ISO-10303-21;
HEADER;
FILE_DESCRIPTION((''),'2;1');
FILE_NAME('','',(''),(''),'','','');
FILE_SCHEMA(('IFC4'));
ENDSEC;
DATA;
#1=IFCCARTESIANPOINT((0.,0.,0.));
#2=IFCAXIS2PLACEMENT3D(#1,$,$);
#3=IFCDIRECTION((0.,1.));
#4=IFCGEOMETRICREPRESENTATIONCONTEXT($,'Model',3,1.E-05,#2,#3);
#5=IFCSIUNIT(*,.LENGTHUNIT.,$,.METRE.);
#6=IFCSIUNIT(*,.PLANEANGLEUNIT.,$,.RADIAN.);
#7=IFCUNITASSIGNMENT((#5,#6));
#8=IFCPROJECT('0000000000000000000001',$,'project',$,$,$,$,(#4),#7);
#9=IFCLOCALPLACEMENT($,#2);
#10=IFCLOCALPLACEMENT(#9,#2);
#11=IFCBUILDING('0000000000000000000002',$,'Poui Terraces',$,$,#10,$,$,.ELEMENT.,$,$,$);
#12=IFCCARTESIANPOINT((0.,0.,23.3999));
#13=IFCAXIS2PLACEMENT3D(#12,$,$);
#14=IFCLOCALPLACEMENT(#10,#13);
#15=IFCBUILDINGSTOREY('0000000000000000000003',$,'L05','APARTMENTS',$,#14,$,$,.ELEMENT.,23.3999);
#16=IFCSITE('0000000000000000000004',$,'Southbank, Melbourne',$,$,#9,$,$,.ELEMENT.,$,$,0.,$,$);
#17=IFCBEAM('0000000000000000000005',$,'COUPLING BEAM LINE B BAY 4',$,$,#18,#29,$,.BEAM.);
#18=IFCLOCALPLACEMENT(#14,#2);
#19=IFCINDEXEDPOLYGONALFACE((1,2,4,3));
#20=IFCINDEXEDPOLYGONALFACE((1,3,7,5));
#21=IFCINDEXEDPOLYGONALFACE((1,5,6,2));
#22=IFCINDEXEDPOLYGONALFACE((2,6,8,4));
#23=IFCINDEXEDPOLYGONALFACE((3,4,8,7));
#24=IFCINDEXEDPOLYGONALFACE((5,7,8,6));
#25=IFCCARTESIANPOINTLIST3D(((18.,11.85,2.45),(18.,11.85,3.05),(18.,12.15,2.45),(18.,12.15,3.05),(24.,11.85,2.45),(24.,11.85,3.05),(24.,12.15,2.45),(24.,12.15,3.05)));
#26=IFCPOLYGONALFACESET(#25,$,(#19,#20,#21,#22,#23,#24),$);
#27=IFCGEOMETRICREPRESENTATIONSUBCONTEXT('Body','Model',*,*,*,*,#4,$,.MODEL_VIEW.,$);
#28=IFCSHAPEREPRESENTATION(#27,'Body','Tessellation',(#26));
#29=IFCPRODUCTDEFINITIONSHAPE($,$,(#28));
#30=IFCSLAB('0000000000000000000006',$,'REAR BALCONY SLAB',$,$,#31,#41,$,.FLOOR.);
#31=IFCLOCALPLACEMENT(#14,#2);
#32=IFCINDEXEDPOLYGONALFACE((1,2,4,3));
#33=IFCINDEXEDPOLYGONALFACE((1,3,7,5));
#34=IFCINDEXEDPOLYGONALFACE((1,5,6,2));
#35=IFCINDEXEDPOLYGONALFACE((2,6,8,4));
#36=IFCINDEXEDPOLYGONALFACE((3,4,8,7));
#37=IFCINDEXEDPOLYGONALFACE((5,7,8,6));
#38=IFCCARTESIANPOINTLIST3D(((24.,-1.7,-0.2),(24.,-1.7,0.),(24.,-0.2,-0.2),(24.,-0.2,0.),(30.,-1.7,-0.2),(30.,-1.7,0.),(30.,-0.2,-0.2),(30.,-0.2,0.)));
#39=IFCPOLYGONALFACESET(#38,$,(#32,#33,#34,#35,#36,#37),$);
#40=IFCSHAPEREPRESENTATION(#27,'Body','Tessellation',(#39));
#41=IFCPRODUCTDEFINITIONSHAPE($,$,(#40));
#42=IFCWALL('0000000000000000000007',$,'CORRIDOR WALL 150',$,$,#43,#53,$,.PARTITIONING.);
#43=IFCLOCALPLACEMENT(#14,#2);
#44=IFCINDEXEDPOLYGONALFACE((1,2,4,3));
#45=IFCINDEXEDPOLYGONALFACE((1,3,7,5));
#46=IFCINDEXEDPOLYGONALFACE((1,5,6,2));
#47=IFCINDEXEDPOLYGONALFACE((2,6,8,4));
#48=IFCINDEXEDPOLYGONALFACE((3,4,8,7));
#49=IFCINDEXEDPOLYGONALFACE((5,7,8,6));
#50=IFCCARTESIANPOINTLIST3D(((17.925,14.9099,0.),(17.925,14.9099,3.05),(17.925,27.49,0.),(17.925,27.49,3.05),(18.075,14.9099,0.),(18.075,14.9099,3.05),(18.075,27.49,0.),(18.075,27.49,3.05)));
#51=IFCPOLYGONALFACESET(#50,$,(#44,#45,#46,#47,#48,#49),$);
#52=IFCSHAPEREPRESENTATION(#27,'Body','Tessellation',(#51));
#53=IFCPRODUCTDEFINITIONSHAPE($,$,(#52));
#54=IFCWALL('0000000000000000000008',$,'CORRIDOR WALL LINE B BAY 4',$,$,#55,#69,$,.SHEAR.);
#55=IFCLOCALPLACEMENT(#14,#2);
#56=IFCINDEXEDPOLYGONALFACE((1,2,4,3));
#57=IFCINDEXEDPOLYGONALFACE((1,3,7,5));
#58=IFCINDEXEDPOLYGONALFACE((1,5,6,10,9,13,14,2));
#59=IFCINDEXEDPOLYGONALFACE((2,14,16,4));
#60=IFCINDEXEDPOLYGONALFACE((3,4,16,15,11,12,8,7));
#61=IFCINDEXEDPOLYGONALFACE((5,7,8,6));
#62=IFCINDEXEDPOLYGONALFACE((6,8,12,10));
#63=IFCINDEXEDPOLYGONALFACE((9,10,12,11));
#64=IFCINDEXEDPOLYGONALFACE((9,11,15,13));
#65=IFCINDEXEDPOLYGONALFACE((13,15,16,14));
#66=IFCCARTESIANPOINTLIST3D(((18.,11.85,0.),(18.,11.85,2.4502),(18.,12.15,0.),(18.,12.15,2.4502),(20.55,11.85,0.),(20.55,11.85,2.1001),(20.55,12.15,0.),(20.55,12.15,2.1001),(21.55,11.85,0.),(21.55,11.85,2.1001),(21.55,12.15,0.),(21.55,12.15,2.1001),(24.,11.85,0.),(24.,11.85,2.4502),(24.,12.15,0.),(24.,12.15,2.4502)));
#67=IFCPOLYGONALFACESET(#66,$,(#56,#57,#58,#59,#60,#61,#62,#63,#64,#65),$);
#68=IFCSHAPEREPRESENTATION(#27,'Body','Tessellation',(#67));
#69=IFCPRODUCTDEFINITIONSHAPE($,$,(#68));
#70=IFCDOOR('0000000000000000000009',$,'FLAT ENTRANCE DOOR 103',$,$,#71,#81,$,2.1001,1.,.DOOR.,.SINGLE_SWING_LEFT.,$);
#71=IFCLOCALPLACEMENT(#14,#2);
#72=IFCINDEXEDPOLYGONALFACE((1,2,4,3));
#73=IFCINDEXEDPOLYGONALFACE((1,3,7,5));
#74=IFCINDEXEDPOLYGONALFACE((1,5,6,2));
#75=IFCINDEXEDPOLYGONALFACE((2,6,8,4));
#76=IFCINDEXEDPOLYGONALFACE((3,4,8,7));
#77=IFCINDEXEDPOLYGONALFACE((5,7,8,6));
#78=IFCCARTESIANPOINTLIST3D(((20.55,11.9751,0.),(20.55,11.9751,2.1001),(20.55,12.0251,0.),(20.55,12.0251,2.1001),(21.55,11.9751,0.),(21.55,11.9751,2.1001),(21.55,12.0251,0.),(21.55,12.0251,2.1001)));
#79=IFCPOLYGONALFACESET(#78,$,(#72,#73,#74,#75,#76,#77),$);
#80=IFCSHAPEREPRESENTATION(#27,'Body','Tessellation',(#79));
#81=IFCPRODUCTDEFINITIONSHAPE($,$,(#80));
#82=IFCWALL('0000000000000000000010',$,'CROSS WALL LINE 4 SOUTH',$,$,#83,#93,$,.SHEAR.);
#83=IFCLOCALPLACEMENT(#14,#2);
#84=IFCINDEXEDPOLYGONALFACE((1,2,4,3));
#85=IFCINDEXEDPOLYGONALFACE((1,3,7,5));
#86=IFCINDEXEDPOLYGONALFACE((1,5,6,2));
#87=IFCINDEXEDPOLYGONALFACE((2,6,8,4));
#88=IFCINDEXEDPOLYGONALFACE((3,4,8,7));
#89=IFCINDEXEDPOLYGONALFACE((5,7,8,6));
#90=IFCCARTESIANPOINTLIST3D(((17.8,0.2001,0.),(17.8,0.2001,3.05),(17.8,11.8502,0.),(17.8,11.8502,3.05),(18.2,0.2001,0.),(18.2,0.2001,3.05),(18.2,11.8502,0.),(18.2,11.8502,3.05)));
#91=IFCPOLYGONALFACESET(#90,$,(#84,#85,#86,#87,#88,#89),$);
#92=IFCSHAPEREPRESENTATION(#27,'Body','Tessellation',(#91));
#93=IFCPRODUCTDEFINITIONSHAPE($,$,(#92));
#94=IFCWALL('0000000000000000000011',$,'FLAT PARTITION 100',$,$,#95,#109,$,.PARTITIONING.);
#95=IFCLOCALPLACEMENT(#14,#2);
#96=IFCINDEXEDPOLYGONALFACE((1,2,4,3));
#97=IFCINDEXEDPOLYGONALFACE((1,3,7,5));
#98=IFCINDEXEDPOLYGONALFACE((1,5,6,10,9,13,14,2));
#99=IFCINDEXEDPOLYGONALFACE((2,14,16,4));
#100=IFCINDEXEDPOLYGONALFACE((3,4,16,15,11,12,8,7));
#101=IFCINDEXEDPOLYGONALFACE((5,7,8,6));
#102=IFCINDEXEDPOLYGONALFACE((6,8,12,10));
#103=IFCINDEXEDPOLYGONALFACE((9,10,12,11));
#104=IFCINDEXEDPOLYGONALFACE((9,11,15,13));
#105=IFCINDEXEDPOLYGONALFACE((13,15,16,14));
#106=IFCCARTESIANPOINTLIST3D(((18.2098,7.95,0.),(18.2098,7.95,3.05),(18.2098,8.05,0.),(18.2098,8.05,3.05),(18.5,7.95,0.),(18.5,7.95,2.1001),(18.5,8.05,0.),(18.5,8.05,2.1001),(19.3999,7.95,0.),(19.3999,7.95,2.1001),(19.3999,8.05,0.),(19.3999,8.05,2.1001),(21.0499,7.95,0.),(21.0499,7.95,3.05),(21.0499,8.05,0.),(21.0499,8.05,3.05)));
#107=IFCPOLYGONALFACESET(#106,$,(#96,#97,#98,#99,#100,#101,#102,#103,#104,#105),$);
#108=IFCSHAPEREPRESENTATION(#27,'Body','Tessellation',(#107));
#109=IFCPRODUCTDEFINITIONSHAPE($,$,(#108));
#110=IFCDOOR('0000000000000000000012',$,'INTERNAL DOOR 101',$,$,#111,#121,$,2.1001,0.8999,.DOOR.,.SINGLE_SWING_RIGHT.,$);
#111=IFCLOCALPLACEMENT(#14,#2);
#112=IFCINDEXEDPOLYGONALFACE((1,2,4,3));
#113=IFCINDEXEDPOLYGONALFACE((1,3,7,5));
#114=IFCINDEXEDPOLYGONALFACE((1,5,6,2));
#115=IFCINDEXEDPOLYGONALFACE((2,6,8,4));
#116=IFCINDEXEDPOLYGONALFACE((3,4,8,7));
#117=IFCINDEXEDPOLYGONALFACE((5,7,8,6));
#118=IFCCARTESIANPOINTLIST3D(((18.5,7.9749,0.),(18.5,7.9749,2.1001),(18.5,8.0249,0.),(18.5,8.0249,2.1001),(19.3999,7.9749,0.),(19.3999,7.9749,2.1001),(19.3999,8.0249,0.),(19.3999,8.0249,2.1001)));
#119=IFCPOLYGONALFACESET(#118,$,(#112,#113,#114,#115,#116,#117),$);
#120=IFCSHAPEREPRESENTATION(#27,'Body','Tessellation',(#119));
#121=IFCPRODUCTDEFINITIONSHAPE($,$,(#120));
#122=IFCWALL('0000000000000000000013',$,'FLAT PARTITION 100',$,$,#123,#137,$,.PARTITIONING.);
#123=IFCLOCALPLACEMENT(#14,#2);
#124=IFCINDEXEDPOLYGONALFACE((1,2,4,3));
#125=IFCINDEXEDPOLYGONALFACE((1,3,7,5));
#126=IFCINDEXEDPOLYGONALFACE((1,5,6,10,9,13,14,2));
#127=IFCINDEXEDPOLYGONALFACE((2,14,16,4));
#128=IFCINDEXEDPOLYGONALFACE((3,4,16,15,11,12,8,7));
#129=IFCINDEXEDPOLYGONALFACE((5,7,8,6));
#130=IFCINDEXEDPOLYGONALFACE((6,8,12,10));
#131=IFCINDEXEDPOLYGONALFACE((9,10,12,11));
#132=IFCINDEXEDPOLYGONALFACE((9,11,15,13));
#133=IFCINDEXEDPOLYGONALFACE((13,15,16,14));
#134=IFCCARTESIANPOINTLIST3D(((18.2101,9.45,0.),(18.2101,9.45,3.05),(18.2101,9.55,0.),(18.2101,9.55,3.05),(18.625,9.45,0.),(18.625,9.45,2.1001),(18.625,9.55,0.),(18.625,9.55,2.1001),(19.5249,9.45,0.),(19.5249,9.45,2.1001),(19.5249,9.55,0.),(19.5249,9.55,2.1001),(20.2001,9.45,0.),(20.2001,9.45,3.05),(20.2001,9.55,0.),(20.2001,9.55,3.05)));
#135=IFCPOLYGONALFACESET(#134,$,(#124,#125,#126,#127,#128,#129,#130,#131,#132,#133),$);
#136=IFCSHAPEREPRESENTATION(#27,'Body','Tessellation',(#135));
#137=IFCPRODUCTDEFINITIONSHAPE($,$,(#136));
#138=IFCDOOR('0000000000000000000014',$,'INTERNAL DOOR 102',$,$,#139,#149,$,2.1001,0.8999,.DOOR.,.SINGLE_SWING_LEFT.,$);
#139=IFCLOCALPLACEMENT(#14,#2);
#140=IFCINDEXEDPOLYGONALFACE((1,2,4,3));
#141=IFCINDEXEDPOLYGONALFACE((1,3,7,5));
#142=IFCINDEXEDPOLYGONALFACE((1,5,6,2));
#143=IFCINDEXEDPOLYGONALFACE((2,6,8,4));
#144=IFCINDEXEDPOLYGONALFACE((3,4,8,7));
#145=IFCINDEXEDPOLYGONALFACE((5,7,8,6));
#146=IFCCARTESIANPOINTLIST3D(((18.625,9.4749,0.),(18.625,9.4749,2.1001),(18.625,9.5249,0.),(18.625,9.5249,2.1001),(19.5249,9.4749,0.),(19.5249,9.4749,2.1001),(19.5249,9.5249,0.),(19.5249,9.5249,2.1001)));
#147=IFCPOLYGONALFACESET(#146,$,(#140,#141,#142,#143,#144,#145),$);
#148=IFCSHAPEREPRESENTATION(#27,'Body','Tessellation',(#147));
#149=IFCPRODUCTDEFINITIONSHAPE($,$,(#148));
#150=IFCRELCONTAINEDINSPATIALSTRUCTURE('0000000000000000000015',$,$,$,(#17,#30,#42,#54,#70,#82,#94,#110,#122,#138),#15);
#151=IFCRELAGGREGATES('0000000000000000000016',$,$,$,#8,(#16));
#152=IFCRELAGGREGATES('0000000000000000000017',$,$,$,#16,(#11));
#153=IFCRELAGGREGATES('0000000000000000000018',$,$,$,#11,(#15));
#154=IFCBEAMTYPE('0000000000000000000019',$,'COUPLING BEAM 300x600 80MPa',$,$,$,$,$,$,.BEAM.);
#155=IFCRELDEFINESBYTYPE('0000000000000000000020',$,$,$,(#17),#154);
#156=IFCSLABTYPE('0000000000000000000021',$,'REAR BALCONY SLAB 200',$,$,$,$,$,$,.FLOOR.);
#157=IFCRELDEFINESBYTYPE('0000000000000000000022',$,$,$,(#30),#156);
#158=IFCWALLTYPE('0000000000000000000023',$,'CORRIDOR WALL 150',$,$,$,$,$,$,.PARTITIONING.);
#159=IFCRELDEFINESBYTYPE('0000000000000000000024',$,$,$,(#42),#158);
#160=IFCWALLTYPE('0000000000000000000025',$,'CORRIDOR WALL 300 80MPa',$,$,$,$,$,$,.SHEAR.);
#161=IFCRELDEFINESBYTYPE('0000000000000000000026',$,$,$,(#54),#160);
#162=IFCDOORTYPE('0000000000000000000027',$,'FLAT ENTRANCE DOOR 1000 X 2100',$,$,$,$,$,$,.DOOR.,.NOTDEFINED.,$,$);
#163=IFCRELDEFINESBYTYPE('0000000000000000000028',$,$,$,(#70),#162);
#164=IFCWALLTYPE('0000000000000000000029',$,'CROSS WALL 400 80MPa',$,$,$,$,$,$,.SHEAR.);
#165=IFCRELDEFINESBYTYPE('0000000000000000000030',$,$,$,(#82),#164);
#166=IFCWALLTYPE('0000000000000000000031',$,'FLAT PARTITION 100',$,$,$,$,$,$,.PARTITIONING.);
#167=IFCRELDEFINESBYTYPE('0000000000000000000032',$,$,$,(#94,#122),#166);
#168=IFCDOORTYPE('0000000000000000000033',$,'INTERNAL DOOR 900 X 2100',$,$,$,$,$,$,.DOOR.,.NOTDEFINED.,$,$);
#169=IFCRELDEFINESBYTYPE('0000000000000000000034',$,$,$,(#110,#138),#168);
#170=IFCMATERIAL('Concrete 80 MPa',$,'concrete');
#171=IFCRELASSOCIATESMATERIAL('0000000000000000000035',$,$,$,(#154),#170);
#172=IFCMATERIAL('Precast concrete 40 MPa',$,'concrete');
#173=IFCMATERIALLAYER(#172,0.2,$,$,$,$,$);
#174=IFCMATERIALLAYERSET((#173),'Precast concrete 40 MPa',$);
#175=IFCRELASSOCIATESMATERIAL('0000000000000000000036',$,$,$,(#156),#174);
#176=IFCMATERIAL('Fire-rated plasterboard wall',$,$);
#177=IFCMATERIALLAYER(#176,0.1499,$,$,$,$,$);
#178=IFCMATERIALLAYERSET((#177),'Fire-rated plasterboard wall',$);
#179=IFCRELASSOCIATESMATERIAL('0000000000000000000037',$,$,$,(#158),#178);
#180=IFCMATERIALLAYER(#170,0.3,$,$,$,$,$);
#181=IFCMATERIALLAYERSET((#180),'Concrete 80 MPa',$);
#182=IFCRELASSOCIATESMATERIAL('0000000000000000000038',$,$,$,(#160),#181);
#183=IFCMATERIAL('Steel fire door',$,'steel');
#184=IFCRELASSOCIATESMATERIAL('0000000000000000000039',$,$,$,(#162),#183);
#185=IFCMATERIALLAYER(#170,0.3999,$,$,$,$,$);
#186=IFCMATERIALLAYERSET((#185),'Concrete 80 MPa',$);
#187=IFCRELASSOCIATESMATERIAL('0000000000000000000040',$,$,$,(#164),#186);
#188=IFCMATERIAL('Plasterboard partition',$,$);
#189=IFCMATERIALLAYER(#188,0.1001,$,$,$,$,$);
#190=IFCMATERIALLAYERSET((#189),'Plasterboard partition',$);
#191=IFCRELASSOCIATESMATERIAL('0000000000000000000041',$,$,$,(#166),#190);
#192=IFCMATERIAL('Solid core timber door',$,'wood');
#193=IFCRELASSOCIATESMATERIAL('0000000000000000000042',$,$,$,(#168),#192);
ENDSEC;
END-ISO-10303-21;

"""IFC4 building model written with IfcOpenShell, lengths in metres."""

from ifc_helpers import new_model, si_unit, direction, frame, frame_2d, origin, origin_2d, place, context, subcontext, project, spatial, polyline, rectangle, outline, extrude, source, transform, mapped, material, layer, layer_set, material_profile, profile_set, type_object, element, fill, save


model = new_model("IFC4")

# Units and contexts
model_context = context("Model", 3, precision=1e-05, world=origin(), true_north=direction((0.0, 1.0)))
body_context = subcontext(model_context, "Body", "Model", "MODEL_VIEW")
ifc_project = project(units=[si_unit("LENGTHUNIT", "METRE"), si_unit("PLANEANGLEUNIT", "RADIAN")], contexts=[model_context])

# Site, building, storey
site_placement = place(None, origin())
site = spatial("IfcSite", under=ifc_project, at=site_placement, Name="Southbank, Melbourne", CompositionType="ELEMENT", RefElevation=0.0)
building_placement = place(site_placement, origin())
building = spatial("IfcBuilding", under=site, at=building_placement, Name="Poui Terraces", CompositionType="ELEMENT")
storey_placement = place(building_placement, frame((0.0, 0.0, 23.3999)))
storey = spatial("IfcBuildingStorey", under=building, at=storey_placement, Name="L05", Description="APARTMENTS", CompositionType="ELEMENT", Elevation=23.3999)

# Beam
ifc_material_1 = material(Name="Concrete 80 MPa", Category="concrete")
ifc_material_profile = material_profile(ifc_material_1, rectangle(XDim=0.3, YDim=0.6001, at=origin_2d()), Name="RC 300x600")
ifc_profile_set = profile_set([ifc_material_profile], Name="Concrete 80 MPa")
beam_type = type_object("IfcBeamType", Name="COUPLING BEAM 300x600 80MPa", PredefinedType="BEAM", material=ifc_profile_set)
shared_shape_1 = source(origin(), body_context, "Body", "SweptSolid", [
    extrude(rectangle(XDim=0.3, YDim=0.6001, at=origin_2d()), origin(), (0.0, 0.0, 1.0), 6.0),
])
beam_placement = place(storey_placement, frame((18.0, 12.0, 2.75), z_axis=(1.0, 0.0, 0.0), x_axis=(0.0, 1.0, 0.0)))
element("IfcBeam", 1, at=beam_placement, inside=storey, type_object=beam_type, Name="COUPLING BEAM LINE B BAY 4", PredefinedType="BEAM", context=body_context, shape_type="MappedRepresentation", body=[
    mapped(shared_shape_1, transform((0.0, 0.0, 0.0))),
])

# Slab
ifc_material_2 = material(Name="Precast concrete 40 MPa", Category="concrete")
ifc_layer_1 = layer(ifc_material_2, 0.2)
ifc_layer_set_1 = layer_set([ifc_layer_1], Name="Precast concrete 40 MPa")
slab_type = type_object("IfcSlabType", Name="REAR BALCONY SLAB 200", PredefinedType="FLOOR", material=ifc_layer_set_1)
shared_shape_2 = source(origin(), body_context, "Body", "SweptSolid", [
    extrude(outline(polyline([(0.0, 0.0), (6.0, 0.0), (6.0, 1.5), (0.0, 1.5), (0.0, 0.0)])), origin(), (0.0, 0.0, 1.0), 0.2),
])
slab_placement = place(storey_placement, frame((24.0, -1.7, -0.2)))
element("IfcSlab", 2, at=slab_placement, inside=storey, type_object=slab_type, Name="REAR BALCONY SLAB", PredefinedType="FLOOR", context=body_context, shape_type="MappedRepresentation", body=[
    mapped(shared_shape_2, transform((0.0, 0.0, 0.0))),
])

# Wall
ifc_material_3 = material(Name="Fire-rated plasterboard wall")
ifc_layer_2 = layer(ifc_material_3, 0.1499)
ifc_layer_set_2 = layer_set([ifc_layer_2], Name="Fire-rated plasterboard wall")
wall_type_1 = type_object("IfcWallType", Name="CORRIDOR WALL 150", PredefinedType="PARTITIONING", material=ifc_layer_set_2)
wall_1_placement = place(storey_placement, frame((18.0, 14.9099, 0.0), z_axis=(0.0, 0.0, 1.0), x_axis=(0.0, 1.0, 0.0)))
element("IfcWall", 3, at=wall_1_placement, inside=storey, type_object=wall_type_1, Name="CORRIDOR WALL 150", PredefinedType="PARTITIONING", context=body_context, shape_type="SweptSolid", body=[
    extrude(rectangle(XDim=12.5801, YDim=0.1499, at=frame_2d((6.29, 0.0))), origin(), (0.0, 0.0, 1.0), 3.05),
])

# Wall, opening, door
ifc_layer_3 = layer(ifc_material_1, 0.3)
ifc_layer_set_3 = layer_set([ifc_layer_3], Name="Concrete 80 MPa")
wall_type_2 = type_object("IfcWallType", Name="CORRIDOR WALL 300 80MPa", PredefinedType="SHEAR", material=ifc_layer_set_3)
wall_2_placement = place(storey_placement, frame((18.0, 12.0, 0.0), z_axis=(0.0, 0.0, 1.0), x_axis=(1.0, 0.0, 0.0)))
wall_2 = element("IfcWall", 4, at=wall_2_placement, inside=storey, type_object=wall_type_2, Name="CORRIDOR WALL LINE B BAY 4", PredefinedType="SHEAR", context=body_context, shape_type="SweptSolid", body=[
    extrude(rectangle(XDim=6.0, YDim=0.3, at=frame_2d((3.0, 0.0))), origin(), (0.0, 0.0, 1.0), 2.4502),
])
opening_1_placement = place(wall_2_placement, frame((2.55, 0.0, 0.0)))
opening_1 = element("IfcOpeningElement", 5, at=opening_1_placement, cuts=wall_2, PredefinedType="OPENING", context=body_context, shape_type="SweptSolid", body=[
    extrude(rectangle(XDim=1.0, YDim=2.1001, at=frame_2d((0.5, 1.05))), frame((0.0, 0.1602, 0.0), z_axis=(0.0, -1.0, 0.0), x_axis=(1.0, 0.0, 0.0)), (0.0, 0.0, 1.0), 0.3201),
])
ifc_material_4 = material(Name="Steel fire door", Category="steel")
door_type_1 = type_object("IfcDoorType", Name="FLAT ENTRANCE DOOR 1000 X 2100", OperationType="NOTDEFINED", PredefinedType="DOOR", material=ifc_material_4)
door_1_placement = place(opening_1_placement, frame((1.0, 0.0, 0.0), z_axis=(0.0, 0.0, 1.0), x_axis=(-1.0, 0.0, 0.0)))
door_1 = element("IfcDoor", 6, at=door_1_placement, inside=storey, type_object=door_type_1, Name="FLAT ENTRANCE DOOR 103", OperationType="SINGLE_SWING_LEFT", OverallHeight=2.1001, OverallWidth=1.0, PredefinedType="DOOR", context=body_context, shape_type="SweptSolid", body=[
    extrude(rectangle(XDim=1.0, YDim=2.1001, at=frame_2d((0.5, 1.05))), frame((0.0, 0.0249, 0.0), z_axis=(0.0, -1.0, 0.0), x_axis=(1.0, 0.0, 0.0)), (0.0, 0.0, 1.0), 0.05),
])
fill(opening_1, door_1)

# Wall
ifc_layer_4 = layer(ifc_material_1, 0.3999)
ifc_layer_set_4 = layer_set([ifc_layer_4], Name="Concrete 80 MPa")
wall_type_3 = type_object("IfcWallType", Name="CROSS WALL 400 80MPa", PredefinedType="SHEAR", material=ifc_layer_set_4)
wall_3_placement = place(storey_placement, frame((18.0, 0.2, 0.0), z_axis=(0.0, 0.0, 1.0), x_axis=(0.0, 1.0, 0.0)))
element("IfcWall", 7, at=wall_3_placement, inside=storey, type_object=wall_type_3, Name="CROSS WALL LINE 4 SOUTH", PredefinedType="SHEAR", context=body_context, shape_type="SweptSolid", body=[
    extrude(rectangle(XDim=11.6501, YDim=0.3999, at=frame_2d((5.8252, 0.0))), origin(), (0.0, 0.0, 1.0), 3.05),
])

# Walls, openings, doors
ifc_material_5 = material(Name="Plasterboard partition")
ifc_layer_5 = layer(ifc_material_5, 0.1001)
ifc_layer_set_5 = layer_set([ifc_layer_5], Name="Plasterboard partition")
wall_type_4 = type_object("IfcWallType", Name="FLAT PARTITION 100", PredefinedType="PARTITIONING", material=ifc_layer_set_5)
wall_4_placement = place(storey_placement, frame((18.21, 8.0, 0.0), z_axis=(0.0, 0.0, 1.0), x_axis=(1.0, 0.0, 0.0)))
wall_4 = element("IfcWall", 8, at=wall_4_placement, inside=storey, type_object=wall_type_4, Name="FLAT PARTITION 100", PredefinedType="PARTITIONING", context=body_context, shape_type="SweptSolid", body=[
    extrude(rectangle(XDim=2.8401, YDim=0.1001, at=frame_2d((1.4199, 0.0))), origin(), (0.0, 0.0, 1.0), 3.05),
])
opening_2_placement = place(wall_4_placement, frame((0.29, 0.0, 0.0)))
opening_2 = element("IfcOpeningElement", 9, at=opening_2_placement, cuts=wall_4, PredefinedType="OPENING", context=body_context, shape_type="SweptSolid", body=[
    extrude(rectangle(XDim=0.8999, YDim=2.1001, at=frame_2d((0.45, 1.05))), frame((0.0, 0.0601, 0.0), z_axis=(0.0, -1.0, 0.0), x_axis=(1.0, 0.0, 0.0)), (0.0, 0.0, 1.0), 0.1201),
])
ifc_material_6 = material(Name="Solid core timber door", Category="wood")
door_type_2 = type_object("IfcDoorType", Name="INTERNAL DOOR 900 X 2100", OperationType="NOTDEFINED", PredefinedType="DOOR", material=ifc_material_6)
door_2_placement = place(opening_2_placement, origin())
door_2 = element("IfcDoor", 10, at=door_2_placement, inside=storey, type_object=door_type_2, Name="INTERNAL DOOR 101", OperationType="SINGLE_SWING_RIGHT", OverallHeight=2.1001, OverallWidth=0.8999, PredefinedType="DOOR", context=body_context, shape_type="SweptSolid", body=[
    extrude(rectangle(XDim=0.8999, YDim=2.1001, at=frame_2d((0.45, 1.05))), frame((0.0, 0.0249, 0.0), z_axis=(0.0, -1.0, 0.0), x_axis=(1.0, 0.0, 0.0)), (0.0, 0.0, 1.0), 0.05),
])
fill(opening_2, door_2)
wall_5_placement = place(storey_placement, frame((18.21, 9.5, 0.0), z_axis=(0.0, 0.0, 1.0), x_axis=(1.0, 0.0, 0.0)))
wall_5 = element("IfcWall", 11, at=wall_5_placement, inside=storey, type_object=wall_type_4, Name="FLAT PARTITION 100", PredefinedType="PARTITIONING", context=body_context, shape_type="SweptSolid", body=[
    extrude(rectangle(XDim=1.99, YDim=0.1001, at=frame_2d((0.9951, 0.0))), origin(), (0.0, 0.0, 1.0), 3.05),
])
opening_3_placement = place(wall_5_placement, frame((0.415, 0.0, 0.0)))
opening_3 = element("IfcOpeningElement", 12, at=opening_3_placement, cuts=wall_5, PredefinedType="OPENING", context=body_context, shape_type="SweptSolid", body=[
    extrude(rectangle(XDim=0.8999, YDim=2.1001, at=frame_2d((0.45, 1.05))), frame((0.0, 0.0601, 0.0), z_axis=(0.0, -1.0, 0.0), x_axis=(1.0, 0.0, 0.0)), (0.0, 0.0, 1.0), 0.1201),
])
door_3_placement = place(opening_3_placement, origin())
door_3 = element("IfcDoor", 13, at=door_3_placement, inside=storey, type_object=door_type_2, Name="INTERNAL DOOR 102", OperationType="SINGLE_SWING_LEFT", OverallHeight=2.1001, OverallWidth=0.8999, PredefinedType="DOOR", context=body_context, shape_type="SweptSolid", body=[
    extrude(rectangle(XDim=0.8999, YDim=2.1001, at=frame_2d((0.45, 1.05))), frame((0.0, 0.0249, 0.0), z_axis=(0.0, -1.0, 0.0), x_axis=(1.0, 0.0, 0.0)), (0.0, 0.0, 1.0), 0.05),
])
fill(opening_3, door_3)

save(model, "model.ifc")
